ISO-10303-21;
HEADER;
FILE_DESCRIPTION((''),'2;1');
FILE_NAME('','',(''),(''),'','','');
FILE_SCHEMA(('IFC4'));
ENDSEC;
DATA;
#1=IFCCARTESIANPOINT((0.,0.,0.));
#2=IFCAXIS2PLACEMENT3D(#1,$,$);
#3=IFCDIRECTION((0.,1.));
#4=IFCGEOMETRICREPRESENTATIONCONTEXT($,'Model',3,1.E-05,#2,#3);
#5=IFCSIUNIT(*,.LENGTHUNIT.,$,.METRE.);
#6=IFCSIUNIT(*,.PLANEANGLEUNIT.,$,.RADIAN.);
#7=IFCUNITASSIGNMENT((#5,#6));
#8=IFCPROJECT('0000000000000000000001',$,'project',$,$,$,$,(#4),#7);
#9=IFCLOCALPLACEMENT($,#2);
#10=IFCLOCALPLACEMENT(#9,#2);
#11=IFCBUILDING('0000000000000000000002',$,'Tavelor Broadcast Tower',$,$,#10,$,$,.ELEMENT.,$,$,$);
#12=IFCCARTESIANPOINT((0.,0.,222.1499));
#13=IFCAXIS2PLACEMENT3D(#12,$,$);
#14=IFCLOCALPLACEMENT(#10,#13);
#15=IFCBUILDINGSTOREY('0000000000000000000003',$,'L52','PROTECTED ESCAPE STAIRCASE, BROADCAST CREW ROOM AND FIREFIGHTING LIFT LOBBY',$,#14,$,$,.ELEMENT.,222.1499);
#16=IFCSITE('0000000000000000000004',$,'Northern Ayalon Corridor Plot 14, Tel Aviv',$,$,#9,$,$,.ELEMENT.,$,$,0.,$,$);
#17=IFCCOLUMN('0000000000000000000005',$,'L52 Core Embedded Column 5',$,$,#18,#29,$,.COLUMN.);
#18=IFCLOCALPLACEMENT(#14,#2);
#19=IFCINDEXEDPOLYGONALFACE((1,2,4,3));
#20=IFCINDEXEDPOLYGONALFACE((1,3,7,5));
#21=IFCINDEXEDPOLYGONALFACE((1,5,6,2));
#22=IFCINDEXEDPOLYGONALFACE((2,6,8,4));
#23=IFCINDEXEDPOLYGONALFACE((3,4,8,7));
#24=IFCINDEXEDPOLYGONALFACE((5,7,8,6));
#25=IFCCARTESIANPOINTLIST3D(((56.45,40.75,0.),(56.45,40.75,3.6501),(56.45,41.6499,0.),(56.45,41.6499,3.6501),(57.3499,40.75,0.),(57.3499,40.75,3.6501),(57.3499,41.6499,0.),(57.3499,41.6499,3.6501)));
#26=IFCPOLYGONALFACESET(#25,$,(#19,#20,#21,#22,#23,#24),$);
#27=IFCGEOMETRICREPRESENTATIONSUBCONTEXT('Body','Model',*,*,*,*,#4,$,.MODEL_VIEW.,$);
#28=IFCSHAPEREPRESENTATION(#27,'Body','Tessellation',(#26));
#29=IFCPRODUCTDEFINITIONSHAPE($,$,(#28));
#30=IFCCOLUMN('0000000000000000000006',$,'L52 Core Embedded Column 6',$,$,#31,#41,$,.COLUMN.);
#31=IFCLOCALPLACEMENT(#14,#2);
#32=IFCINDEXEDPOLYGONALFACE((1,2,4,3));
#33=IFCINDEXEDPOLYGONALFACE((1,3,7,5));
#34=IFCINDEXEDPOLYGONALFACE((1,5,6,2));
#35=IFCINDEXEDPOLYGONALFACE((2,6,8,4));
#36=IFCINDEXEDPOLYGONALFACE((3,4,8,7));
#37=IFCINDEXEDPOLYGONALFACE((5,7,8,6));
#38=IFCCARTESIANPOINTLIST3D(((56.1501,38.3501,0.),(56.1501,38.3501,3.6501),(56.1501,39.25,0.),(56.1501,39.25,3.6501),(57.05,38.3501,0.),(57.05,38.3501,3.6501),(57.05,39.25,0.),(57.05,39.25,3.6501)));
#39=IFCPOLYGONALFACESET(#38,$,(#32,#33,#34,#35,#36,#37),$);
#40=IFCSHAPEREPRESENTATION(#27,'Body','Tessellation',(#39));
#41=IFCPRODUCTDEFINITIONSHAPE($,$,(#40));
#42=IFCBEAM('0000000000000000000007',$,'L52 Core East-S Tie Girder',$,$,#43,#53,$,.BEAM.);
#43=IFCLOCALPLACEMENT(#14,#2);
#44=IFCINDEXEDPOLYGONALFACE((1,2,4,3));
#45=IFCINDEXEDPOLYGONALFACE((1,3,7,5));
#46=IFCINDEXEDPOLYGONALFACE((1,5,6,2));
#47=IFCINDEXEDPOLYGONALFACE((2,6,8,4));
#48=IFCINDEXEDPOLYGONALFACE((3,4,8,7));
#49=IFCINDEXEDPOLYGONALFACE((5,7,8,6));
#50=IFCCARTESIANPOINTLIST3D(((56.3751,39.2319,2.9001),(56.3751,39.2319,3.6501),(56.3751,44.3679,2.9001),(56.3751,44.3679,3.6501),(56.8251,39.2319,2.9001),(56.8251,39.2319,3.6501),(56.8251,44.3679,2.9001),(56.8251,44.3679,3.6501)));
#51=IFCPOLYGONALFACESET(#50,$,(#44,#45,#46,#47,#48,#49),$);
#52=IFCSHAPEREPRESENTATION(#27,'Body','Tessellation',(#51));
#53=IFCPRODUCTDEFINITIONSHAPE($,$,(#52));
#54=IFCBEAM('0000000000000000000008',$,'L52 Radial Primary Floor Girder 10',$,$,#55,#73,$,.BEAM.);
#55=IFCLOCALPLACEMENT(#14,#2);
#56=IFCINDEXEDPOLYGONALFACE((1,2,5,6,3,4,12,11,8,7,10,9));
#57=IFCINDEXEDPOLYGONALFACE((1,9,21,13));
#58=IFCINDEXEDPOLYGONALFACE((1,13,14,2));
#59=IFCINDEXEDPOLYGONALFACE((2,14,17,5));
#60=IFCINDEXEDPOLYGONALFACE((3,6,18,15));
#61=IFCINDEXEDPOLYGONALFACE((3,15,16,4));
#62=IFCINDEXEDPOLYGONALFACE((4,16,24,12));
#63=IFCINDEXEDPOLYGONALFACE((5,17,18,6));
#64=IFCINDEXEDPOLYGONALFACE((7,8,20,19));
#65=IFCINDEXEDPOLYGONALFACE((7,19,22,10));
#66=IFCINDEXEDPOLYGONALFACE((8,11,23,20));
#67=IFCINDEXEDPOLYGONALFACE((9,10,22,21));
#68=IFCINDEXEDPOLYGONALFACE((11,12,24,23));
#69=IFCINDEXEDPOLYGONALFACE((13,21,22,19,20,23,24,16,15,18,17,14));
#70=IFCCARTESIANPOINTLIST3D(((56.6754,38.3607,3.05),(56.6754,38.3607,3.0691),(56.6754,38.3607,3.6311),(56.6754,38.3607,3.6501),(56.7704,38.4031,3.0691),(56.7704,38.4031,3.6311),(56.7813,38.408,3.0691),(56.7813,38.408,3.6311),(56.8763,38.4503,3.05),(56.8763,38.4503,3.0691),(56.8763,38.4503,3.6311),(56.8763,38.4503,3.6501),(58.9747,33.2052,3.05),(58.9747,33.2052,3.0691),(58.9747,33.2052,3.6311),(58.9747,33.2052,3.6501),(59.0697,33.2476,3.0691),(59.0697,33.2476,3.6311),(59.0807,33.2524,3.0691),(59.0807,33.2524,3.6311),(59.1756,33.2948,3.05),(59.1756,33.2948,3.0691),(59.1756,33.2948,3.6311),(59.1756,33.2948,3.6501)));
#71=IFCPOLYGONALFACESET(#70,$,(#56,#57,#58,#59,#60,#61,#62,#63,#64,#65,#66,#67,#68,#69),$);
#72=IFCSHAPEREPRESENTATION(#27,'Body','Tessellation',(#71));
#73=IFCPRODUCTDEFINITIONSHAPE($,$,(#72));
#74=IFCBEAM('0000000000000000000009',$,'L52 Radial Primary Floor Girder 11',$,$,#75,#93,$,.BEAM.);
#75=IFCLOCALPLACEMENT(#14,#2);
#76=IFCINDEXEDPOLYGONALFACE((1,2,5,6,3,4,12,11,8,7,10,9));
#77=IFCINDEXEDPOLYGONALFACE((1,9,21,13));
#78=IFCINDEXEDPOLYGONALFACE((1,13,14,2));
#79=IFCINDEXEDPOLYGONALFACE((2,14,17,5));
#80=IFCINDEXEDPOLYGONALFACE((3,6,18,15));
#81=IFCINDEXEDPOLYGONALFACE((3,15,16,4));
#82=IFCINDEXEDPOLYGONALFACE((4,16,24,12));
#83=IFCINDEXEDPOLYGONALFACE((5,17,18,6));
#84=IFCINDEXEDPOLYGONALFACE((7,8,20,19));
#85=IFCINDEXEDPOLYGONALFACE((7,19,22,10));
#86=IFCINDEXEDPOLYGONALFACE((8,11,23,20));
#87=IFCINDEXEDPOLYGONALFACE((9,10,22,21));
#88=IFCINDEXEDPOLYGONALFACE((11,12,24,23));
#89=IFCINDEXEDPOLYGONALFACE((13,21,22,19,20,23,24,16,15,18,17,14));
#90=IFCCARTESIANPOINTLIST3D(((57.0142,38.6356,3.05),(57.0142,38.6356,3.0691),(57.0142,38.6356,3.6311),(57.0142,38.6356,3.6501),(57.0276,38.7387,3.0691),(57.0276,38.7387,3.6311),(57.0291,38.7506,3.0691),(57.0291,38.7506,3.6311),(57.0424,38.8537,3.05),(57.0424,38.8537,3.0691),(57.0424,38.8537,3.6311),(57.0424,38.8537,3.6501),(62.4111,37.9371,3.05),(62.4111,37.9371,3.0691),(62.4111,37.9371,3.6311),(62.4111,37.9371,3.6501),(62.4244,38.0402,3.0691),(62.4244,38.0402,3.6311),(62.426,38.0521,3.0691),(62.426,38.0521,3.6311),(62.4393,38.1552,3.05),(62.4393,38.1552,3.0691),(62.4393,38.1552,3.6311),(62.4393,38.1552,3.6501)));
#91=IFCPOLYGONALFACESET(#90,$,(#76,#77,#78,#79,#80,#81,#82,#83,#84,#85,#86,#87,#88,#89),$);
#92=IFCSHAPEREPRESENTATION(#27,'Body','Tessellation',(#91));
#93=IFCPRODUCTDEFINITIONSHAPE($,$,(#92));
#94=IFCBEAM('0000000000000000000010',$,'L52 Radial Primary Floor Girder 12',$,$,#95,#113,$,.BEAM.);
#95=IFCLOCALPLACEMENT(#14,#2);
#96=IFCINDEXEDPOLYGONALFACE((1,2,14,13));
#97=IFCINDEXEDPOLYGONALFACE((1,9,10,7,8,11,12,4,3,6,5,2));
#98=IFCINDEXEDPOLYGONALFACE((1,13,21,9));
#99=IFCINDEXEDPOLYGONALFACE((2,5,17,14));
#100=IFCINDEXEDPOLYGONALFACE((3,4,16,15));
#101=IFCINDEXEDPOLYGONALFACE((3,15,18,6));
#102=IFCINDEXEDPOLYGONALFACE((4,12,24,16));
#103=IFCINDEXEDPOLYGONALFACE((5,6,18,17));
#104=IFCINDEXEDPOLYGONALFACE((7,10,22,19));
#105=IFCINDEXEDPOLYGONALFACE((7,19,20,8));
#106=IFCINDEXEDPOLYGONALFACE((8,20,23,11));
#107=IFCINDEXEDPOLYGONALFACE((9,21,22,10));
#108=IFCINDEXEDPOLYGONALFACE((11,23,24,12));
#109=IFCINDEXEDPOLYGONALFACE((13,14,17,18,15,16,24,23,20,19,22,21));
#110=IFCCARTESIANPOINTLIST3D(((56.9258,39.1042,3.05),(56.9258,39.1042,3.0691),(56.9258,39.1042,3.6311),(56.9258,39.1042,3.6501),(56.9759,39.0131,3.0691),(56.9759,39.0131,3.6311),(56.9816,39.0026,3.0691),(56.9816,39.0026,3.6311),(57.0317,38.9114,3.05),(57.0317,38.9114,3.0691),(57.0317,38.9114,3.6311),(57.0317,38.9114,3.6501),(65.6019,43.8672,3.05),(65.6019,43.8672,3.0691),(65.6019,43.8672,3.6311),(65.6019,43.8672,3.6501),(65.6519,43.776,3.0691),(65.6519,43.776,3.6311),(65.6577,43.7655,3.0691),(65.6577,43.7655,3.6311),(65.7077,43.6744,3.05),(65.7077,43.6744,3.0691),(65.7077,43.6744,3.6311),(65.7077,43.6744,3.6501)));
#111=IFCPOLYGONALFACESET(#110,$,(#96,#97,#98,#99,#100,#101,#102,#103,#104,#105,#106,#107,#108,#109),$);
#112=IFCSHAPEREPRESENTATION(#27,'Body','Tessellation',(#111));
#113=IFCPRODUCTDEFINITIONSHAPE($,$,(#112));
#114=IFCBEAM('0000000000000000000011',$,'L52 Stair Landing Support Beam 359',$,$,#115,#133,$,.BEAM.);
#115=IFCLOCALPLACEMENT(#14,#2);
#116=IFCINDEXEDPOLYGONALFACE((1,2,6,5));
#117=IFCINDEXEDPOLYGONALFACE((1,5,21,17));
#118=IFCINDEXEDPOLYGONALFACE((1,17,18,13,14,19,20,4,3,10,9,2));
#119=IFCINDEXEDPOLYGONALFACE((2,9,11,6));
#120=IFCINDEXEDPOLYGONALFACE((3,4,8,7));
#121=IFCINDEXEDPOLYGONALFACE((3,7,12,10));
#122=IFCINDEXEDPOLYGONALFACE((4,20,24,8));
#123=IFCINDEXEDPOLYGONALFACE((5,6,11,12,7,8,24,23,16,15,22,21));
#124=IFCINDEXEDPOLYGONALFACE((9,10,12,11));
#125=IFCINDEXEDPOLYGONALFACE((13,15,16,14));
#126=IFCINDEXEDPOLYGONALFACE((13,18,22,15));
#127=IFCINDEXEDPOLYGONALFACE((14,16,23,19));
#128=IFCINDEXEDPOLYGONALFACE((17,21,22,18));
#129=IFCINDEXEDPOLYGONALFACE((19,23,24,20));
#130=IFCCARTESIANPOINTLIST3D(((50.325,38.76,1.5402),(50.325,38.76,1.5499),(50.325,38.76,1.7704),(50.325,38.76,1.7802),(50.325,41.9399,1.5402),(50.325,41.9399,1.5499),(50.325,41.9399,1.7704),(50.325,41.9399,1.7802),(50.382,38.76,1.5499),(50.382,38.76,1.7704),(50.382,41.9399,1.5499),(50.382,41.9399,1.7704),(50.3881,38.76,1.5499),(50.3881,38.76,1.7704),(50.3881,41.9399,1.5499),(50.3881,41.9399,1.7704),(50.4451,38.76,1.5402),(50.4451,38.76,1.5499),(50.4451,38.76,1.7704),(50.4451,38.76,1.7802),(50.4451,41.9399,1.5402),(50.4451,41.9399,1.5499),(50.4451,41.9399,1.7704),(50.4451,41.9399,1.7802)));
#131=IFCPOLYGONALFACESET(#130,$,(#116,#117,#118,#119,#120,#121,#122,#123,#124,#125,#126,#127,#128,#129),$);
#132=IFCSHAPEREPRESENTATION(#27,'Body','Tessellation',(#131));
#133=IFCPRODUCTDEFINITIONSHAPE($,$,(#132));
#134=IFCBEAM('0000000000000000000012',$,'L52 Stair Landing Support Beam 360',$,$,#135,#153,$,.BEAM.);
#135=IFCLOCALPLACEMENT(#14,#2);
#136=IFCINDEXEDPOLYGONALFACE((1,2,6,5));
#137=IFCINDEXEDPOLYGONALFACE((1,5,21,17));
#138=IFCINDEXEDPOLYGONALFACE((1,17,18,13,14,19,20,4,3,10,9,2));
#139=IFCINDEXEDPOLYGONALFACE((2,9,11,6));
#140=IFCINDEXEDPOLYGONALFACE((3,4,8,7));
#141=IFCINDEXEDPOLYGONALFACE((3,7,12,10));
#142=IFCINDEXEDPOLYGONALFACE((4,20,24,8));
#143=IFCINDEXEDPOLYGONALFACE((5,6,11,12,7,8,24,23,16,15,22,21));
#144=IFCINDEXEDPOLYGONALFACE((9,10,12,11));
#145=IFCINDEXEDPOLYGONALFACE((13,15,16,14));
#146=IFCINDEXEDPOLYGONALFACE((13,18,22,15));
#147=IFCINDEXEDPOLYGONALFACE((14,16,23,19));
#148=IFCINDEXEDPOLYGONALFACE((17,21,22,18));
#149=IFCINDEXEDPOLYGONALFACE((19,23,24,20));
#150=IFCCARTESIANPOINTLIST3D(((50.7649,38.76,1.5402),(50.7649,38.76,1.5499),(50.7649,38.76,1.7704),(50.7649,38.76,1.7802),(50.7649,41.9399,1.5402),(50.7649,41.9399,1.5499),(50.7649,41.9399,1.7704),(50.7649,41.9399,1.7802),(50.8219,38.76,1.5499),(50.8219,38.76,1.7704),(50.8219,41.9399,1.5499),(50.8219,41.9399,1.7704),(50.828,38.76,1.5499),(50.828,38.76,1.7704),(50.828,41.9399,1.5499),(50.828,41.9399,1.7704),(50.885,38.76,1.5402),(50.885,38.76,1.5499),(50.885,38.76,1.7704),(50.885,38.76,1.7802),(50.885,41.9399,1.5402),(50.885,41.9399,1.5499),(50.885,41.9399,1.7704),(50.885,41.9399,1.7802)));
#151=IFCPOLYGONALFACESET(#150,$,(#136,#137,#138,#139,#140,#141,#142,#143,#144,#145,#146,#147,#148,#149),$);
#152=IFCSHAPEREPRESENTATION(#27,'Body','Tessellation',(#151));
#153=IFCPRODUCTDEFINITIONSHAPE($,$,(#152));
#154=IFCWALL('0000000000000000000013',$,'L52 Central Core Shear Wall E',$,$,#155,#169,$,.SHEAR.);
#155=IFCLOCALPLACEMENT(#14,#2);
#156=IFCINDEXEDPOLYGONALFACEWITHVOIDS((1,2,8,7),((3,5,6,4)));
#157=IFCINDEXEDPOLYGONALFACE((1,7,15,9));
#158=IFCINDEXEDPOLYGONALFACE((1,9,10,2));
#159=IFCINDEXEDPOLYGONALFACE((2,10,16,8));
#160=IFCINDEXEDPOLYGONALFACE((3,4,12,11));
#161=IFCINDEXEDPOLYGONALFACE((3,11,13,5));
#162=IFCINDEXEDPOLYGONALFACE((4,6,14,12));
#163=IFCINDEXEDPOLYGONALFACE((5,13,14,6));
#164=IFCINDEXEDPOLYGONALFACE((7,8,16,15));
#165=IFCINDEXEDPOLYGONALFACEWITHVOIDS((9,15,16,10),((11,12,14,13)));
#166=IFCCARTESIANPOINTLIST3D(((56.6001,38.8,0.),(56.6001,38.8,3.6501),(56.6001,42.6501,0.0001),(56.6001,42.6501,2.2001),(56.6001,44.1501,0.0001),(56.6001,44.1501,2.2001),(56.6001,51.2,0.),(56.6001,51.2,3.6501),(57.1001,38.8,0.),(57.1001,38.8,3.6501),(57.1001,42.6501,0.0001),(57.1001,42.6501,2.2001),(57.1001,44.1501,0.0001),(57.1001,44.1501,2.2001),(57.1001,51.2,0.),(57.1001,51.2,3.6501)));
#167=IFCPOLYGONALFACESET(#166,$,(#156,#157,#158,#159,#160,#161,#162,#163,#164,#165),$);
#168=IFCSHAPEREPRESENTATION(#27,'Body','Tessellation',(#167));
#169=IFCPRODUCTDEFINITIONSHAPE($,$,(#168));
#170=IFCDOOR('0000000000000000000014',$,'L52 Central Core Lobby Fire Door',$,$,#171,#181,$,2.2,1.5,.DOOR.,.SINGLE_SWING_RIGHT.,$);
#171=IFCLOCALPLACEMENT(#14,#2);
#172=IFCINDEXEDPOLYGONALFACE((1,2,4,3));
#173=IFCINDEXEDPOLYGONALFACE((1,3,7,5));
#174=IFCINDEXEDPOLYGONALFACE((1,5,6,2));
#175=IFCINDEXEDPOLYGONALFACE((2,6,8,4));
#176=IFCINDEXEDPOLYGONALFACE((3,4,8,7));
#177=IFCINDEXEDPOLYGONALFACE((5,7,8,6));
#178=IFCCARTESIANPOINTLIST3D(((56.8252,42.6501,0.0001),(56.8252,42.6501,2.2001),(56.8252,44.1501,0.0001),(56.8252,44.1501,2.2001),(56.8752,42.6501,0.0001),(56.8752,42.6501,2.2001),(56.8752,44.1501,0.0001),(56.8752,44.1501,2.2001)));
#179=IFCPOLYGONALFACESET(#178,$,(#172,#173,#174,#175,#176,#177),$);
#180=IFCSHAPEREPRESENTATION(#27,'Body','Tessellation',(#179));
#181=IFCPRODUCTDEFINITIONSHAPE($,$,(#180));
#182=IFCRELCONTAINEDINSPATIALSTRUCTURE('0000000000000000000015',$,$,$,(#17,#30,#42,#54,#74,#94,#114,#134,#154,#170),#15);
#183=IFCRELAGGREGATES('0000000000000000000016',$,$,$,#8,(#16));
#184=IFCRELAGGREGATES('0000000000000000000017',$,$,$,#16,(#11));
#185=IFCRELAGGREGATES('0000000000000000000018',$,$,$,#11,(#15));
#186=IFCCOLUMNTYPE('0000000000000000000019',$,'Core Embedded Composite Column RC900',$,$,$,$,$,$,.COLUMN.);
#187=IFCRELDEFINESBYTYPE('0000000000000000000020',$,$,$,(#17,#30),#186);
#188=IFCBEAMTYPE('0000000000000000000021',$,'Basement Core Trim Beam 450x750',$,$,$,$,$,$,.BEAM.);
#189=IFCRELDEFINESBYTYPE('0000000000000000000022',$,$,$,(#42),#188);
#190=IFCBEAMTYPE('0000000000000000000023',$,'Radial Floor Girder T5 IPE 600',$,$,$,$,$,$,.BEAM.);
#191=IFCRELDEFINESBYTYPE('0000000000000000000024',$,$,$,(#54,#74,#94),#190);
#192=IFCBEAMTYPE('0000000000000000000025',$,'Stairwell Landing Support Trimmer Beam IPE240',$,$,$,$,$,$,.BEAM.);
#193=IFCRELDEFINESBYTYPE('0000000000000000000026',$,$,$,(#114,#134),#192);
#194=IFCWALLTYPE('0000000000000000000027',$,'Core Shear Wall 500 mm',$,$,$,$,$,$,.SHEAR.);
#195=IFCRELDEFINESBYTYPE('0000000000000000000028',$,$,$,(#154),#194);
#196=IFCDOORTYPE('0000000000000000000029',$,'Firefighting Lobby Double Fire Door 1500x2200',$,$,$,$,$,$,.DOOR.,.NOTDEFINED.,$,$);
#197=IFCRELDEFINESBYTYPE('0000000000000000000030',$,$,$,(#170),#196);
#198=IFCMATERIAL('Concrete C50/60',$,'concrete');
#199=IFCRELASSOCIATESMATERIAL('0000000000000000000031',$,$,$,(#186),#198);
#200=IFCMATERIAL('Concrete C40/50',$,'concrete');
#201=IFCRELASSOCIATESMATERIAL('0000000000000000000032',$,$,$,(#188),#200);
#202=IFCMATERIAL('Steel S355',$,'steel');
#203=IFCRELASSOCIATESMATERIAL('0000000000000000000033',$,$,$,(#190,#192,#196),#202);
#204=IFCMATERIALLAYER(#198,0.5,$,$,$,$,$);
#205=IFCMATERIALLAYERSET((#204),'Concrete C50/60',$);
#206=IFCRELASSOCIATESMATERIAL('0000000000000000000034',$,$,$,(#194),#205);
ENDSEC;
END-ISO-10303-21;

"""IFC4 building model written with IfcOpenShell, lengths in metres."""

from ifc_helpers import new_model, si_unit, direction, frame, frame_2d, origin, origin_2d, place, context, subcontext, project, spatial, rectangle, i_section, extrude, material, layer, layer_set, material_profile, profile_set, type_object, element, fill, save


model = new_model("IFC4")

# Units and contexts
model_context = context("Model", 3, precision=1e-05, world=origin(), true_north=direction((0.0, 1.0)))
body_context = subcontext(model_context, "Body", "Model", "MODEL_VIEW")
ifc_project = project(units=[si_unit("LENGTHUNIT", "METRE"), si_unit("PLANEANGLEUNIT", "RADIAN")], contexts=[model_context])

# Site, building, storey
site_placement = place(None, origin())
site = spatial("IfcSite", under=ifc_project, at=site_placement, Name="Northern Ayalon Corridor Plot 14, Tel Aviv", CompositionType="ELEMENT", RefElevation=0.0)
building_placement = place(site_placement, origin())
building = spatial("IfcBuilding", under=site, at=building_placement, Name="Tavelor Broadcast Tower", CompositionType="ELEMENT")
storey_placement = place(building_placement, frame((0.0, 0.0, 222.1499)))
storey = spatial("IfcBuildingStorey", under=building, at=storey_placement, Name="L52", Description="PROTECTED ESCAPE STAIRCASE, BROADCAST CREW ROOM AND FIREFIGHTING LIFT LOBBY", CompositionType="ELEMENT", Elevation=222.1499)

# Columns
ifc_material_1 = material(Name="Concrete C50/60", Category="concrete")
ifc_material_profile_1 = material_profile(ifc_material_1, rectangle(XDim=0.8999, YDim=0.8999, at=origin_2d()), Name="RC 900x900")
ifc_profile_set_1 = profile_set([ifc_material_profile_1], Name="Concrete C50/60")
column_type = type_object("IfcColumnType", Name="Core Embedded Composite Column RC900", PredefinedType="COLUMN", material=ifc_profile_set_1)
for number, where, z_axis, x_axis, name in (
    (1, (56.8999, 41.2, 0.0), (0.0, 0.0, 1.0), (1.0, 0.0, 0.0), "L52 Core Embedded Column 5"),
    (2, (56.6001, 38.8, 0.0), (0.0, 0.0, 1.0), (1.0, 0.0, 0.0), "L52 Core Embedded Column 6"),
):
    element("IfcColumn", number, at=place(storey_placement, frame(where, z_axis=z_axis, x_axis=x_axis)), inside=storey, type_object=column_type, Name=name, PredefinedType="COLUMN", context=body_context, shape_type="SweptSolid", body=[
        extrude(rectangle(XDim=0.8999, YDim=0.8999, at=origin_2d()), origin(), (0.0, 0.0, 1.0), 3.6501),
    ])

# Beams
ifc_material_2 = material(Name="Concrete C40/50", Category="concrete")
ifc_material_profile_2 = material_profile(ifc_material_2, rectangle(XDim=0.45, YDim=0.75, at=origin_2d()), Name="RC 450x750")
ifc_profile_set_2 = profile_set([ifc_material_profile_2], Name="Concrete C40/50")
beam_type_1 = type_object("IfcBeamType", Name="Basement Core Trim Beam 450x750", PredefinedType="BEAM", material=ifc_profile_set_2)
beam_1_placement = place(storey_placement, frame((56.6001, 39.2319, 3.2751), z_axis=(0.0, 1.0, 0.0), x_axis=(-1.0, 0.0, 0.0)))
element("IfcBeam", 3, at=beam_1_placement, inside=storey, type_object=beam_type_1, Name="L52 Core East-S Tie Girder", PredefinedType="BEAM", context=body_context, shape_type="SweptSolid", body=[
    extrude(rectangle(XDim=0.45, YDim=0.75, at=origin_2d()), origin(), (0.0, 0.0, 1.0), 5.136),
])
ifc_material_3 = material(Name="Steel S355", Category="steel")
ifc_material_profile_3 = material_profile(ifc_material_3, i_section(OverallWidth=0.22, OverallDepth=0.6001, WebThickness=0.012, FlangeThickness=0.019, at=origin_2d()), Name="IPE 600")
ifc_profile_set_3 = profile_set([ifc_material_profile_3], Name="Steel S355")
beam_type_2 = type_object("IfcBeamType", Name="Radial Floor Girder T5 IPE 600", PredefinedType="BEAM", material=ifc_profile_set_3)
beam_2_placement = place(storey_placement, frame((56.7759, 38.4055, 3.3501), z_axis=(0.407318, -0.913286, 0.0), x_axis=(0.913286, 0.407318, 0.0)))
element("IfcBeam", 4, at=beam_2_placement, inside=storey, type_object=beam_type_2, Name="L52 Radial Primary Floor Girder 10", PredefinedType="BEAM", context=body_context, shape_type="SweptSolid", body=[
    extrude(i_section(OverallWidth=0.22, OverallDepth=0.6001, WebThickness=0.012, FlangeThickness=0.019, at=origin_2d()), origin(), (0.0, 0.0, 1.0), 5.645),
])
beam_3_placement = place(storey_placement, frame((57.0283, 38.7446, 3.3501), z_axis=(0.991729, -0.128351, 0.0), x_axis=(0.128351, 0.991729, 0.0)))
element("IfcBeam", 5, at=beam_3_placement, inside=storey, type_object=beam_type_2, Name="L52 Radial Primary Floor Girder 11", PredefinedType="BEAM", context=body_context, shape_type="SweptSolid", body=[
    extrude(i_section(OverallWidth=0.22, OverallDepth=0.6001, WebThickness=0.012, FlangeThickness=0.019, at=origin_2d()), origin(), (0.0, 0.0, 1.0), 5.4419),
])
beam_4_placement = place(storey_placement, frame((56.9788, 39.0078, 3.3501), z_axis=(0.876594, 0.48123, 0.0), x_axis=(-0.48123, 0.876594, 0.0)))
element("IfcBeam", 6, at=beam_4_placement, inside=storey, type_object=beam_type_2, Name="L52 Radial Primary Floor Girder 12", PredefinedType="BEAM", context=body_context, shape_type="SweptSolid", body=[
    extrude(i_section(OverallWidth=0.22, OverallDepth=0.6001, WebThickness=0.012, FlangeThickness=0.019, at=origin_2d()), origin(), (0.0, 0.0, 1.0), 9.8975),
])
ifc_material_profile_4 = material_profile(ifc_material_3, i_section(OverallWidth=0.1201, OverallDepth=0.24, WebThickness=0.0061, FlangeThickness=0.0098, at=origin_2d()), Name="IPE 240")
ifc_profile_set_4 = profile_set([ifc_material_profile_4], Name="Steel S355")
beam_type_3 = type_object("IfcBeamType", Name="Stairwell Landing Support Trimmer Beam IPE240", PredefinedType="BEAM", material=ifc_profile_set_4)
for number, where, z_axis, x_axis, name in (
    (7, (50.385, 38.76, 1.6602), (0.0, 1.0, 0.0), (-1.0, 0.0, 0.0), "L52 Stair Landing Support Beam 359"),
    (8, (50.825, 38.76, 1.6602), (0.0, 1.0, 0.0), (-1.0, 0.0, 0.0), "L52 Stair Landing Support Beam 360"),
):
    element("IfcBeam", number, at=place(storey_placement, frame(where, z_axis=z_axis, x_axis=x_axis)), inside=storey, type_object=beam_type_3, Name=name, PredefinedType="BEAM", context=body_context, shape_type="SweptSolid", body=[
        extrude(i_section(OverallWidth=0.1201, OverallDepth=0.24, WebThickness=0.0061, FlangeThickness=0.0098, at=origin_2d()), origin(), (0.0, 0.0, 1.0), 3.1799),
    ])

# Wall, opening, door
ifc_layer_1 = layer(ifc_material_1, 0.5)
ifc_layer_set_1 = layer_set([ifc_layer_1], Name="Concrete C50/60")
wall_type_1 = type_object("IfcWallType", Name="Core Shear Wall 500 mm", PredefinedType="SHEAR", material=ifc_layer_set_1)
wall_1_placement = place(storey_placement, frame((56.8501, 38.8, 0.0), z_axis=(0.0, 0.0, 1.0), x_axis=(0.0, 1.0, 0.0)))
wall_1 = element("IfcWall", 9, at=wall_1_placement, inside=storey, type_object=wall_type_1, Name="L52 Central Core Shear Wall E", PredefinedType="SHEAR", context=body_context, shape_type="SweptSolid", body=[
    extrude(rectangle(XDim=12.3999, YDim=0.5, at=frame_2d((6.2, 0.0))), origin(), (0.0, 0.0, 1.0), 3.6501),
])
opening_1_placement = place(wall_1_placement, frame((3.8501, 0.0, 0.0)))
opening_1 = element("IfcOpeningElement", 10, at=opening_1_placement, cuts=wall_1, PredefinedType="OPENING", context=body_context, shape_type="SweptSolid", body=[
    extrude(rectangle(XDim=1.5, YDim=2.2, at=frame_2d((0.75, 1.1001))), frame((0.0, 0.26, 0.0), z_axis=(0.0, -1.0, 0.0), x_axis=(1.0, 0.0, 0.0)), (0.0, 0.0, 1.0), 0.52),
])
door_type_1 = type_object("IfcDoorType", Name="Firefighting Lobby Double Fire Door 1500x2200", OperationType="NOTDEFINED", PredefinedType="DOOR", material=ifc_material_3)
door_1_placement = place(opening_1_placement, origin())
door_1 = element("IfcDoor", 11, at=door_1_placement, inside=storey, type_object=door_type_1, Name="L52 Central Core Lobby Fire Door", OperationType="SINGLE_SWING_RIGHT", OverallHeight=2.2, OverallWidth=1.5, PredefinedType="DOOR", context=body_context, shape_type="SweptSolid", body=[
    extrude(rectangle(XDim=1.5, YDim=2.2, at=frame_2d((0.75, 1.1001))), frame((0.0, 0.0249, 0.0), z_axis=(0.0, -1.0, 0.0), x_axis=(1.0, 0.0, 0.0)), (0.0, 0.0, 1.0), 0.05),
])
fill(opening_1, door_1)

save(model, "model.ifc")
